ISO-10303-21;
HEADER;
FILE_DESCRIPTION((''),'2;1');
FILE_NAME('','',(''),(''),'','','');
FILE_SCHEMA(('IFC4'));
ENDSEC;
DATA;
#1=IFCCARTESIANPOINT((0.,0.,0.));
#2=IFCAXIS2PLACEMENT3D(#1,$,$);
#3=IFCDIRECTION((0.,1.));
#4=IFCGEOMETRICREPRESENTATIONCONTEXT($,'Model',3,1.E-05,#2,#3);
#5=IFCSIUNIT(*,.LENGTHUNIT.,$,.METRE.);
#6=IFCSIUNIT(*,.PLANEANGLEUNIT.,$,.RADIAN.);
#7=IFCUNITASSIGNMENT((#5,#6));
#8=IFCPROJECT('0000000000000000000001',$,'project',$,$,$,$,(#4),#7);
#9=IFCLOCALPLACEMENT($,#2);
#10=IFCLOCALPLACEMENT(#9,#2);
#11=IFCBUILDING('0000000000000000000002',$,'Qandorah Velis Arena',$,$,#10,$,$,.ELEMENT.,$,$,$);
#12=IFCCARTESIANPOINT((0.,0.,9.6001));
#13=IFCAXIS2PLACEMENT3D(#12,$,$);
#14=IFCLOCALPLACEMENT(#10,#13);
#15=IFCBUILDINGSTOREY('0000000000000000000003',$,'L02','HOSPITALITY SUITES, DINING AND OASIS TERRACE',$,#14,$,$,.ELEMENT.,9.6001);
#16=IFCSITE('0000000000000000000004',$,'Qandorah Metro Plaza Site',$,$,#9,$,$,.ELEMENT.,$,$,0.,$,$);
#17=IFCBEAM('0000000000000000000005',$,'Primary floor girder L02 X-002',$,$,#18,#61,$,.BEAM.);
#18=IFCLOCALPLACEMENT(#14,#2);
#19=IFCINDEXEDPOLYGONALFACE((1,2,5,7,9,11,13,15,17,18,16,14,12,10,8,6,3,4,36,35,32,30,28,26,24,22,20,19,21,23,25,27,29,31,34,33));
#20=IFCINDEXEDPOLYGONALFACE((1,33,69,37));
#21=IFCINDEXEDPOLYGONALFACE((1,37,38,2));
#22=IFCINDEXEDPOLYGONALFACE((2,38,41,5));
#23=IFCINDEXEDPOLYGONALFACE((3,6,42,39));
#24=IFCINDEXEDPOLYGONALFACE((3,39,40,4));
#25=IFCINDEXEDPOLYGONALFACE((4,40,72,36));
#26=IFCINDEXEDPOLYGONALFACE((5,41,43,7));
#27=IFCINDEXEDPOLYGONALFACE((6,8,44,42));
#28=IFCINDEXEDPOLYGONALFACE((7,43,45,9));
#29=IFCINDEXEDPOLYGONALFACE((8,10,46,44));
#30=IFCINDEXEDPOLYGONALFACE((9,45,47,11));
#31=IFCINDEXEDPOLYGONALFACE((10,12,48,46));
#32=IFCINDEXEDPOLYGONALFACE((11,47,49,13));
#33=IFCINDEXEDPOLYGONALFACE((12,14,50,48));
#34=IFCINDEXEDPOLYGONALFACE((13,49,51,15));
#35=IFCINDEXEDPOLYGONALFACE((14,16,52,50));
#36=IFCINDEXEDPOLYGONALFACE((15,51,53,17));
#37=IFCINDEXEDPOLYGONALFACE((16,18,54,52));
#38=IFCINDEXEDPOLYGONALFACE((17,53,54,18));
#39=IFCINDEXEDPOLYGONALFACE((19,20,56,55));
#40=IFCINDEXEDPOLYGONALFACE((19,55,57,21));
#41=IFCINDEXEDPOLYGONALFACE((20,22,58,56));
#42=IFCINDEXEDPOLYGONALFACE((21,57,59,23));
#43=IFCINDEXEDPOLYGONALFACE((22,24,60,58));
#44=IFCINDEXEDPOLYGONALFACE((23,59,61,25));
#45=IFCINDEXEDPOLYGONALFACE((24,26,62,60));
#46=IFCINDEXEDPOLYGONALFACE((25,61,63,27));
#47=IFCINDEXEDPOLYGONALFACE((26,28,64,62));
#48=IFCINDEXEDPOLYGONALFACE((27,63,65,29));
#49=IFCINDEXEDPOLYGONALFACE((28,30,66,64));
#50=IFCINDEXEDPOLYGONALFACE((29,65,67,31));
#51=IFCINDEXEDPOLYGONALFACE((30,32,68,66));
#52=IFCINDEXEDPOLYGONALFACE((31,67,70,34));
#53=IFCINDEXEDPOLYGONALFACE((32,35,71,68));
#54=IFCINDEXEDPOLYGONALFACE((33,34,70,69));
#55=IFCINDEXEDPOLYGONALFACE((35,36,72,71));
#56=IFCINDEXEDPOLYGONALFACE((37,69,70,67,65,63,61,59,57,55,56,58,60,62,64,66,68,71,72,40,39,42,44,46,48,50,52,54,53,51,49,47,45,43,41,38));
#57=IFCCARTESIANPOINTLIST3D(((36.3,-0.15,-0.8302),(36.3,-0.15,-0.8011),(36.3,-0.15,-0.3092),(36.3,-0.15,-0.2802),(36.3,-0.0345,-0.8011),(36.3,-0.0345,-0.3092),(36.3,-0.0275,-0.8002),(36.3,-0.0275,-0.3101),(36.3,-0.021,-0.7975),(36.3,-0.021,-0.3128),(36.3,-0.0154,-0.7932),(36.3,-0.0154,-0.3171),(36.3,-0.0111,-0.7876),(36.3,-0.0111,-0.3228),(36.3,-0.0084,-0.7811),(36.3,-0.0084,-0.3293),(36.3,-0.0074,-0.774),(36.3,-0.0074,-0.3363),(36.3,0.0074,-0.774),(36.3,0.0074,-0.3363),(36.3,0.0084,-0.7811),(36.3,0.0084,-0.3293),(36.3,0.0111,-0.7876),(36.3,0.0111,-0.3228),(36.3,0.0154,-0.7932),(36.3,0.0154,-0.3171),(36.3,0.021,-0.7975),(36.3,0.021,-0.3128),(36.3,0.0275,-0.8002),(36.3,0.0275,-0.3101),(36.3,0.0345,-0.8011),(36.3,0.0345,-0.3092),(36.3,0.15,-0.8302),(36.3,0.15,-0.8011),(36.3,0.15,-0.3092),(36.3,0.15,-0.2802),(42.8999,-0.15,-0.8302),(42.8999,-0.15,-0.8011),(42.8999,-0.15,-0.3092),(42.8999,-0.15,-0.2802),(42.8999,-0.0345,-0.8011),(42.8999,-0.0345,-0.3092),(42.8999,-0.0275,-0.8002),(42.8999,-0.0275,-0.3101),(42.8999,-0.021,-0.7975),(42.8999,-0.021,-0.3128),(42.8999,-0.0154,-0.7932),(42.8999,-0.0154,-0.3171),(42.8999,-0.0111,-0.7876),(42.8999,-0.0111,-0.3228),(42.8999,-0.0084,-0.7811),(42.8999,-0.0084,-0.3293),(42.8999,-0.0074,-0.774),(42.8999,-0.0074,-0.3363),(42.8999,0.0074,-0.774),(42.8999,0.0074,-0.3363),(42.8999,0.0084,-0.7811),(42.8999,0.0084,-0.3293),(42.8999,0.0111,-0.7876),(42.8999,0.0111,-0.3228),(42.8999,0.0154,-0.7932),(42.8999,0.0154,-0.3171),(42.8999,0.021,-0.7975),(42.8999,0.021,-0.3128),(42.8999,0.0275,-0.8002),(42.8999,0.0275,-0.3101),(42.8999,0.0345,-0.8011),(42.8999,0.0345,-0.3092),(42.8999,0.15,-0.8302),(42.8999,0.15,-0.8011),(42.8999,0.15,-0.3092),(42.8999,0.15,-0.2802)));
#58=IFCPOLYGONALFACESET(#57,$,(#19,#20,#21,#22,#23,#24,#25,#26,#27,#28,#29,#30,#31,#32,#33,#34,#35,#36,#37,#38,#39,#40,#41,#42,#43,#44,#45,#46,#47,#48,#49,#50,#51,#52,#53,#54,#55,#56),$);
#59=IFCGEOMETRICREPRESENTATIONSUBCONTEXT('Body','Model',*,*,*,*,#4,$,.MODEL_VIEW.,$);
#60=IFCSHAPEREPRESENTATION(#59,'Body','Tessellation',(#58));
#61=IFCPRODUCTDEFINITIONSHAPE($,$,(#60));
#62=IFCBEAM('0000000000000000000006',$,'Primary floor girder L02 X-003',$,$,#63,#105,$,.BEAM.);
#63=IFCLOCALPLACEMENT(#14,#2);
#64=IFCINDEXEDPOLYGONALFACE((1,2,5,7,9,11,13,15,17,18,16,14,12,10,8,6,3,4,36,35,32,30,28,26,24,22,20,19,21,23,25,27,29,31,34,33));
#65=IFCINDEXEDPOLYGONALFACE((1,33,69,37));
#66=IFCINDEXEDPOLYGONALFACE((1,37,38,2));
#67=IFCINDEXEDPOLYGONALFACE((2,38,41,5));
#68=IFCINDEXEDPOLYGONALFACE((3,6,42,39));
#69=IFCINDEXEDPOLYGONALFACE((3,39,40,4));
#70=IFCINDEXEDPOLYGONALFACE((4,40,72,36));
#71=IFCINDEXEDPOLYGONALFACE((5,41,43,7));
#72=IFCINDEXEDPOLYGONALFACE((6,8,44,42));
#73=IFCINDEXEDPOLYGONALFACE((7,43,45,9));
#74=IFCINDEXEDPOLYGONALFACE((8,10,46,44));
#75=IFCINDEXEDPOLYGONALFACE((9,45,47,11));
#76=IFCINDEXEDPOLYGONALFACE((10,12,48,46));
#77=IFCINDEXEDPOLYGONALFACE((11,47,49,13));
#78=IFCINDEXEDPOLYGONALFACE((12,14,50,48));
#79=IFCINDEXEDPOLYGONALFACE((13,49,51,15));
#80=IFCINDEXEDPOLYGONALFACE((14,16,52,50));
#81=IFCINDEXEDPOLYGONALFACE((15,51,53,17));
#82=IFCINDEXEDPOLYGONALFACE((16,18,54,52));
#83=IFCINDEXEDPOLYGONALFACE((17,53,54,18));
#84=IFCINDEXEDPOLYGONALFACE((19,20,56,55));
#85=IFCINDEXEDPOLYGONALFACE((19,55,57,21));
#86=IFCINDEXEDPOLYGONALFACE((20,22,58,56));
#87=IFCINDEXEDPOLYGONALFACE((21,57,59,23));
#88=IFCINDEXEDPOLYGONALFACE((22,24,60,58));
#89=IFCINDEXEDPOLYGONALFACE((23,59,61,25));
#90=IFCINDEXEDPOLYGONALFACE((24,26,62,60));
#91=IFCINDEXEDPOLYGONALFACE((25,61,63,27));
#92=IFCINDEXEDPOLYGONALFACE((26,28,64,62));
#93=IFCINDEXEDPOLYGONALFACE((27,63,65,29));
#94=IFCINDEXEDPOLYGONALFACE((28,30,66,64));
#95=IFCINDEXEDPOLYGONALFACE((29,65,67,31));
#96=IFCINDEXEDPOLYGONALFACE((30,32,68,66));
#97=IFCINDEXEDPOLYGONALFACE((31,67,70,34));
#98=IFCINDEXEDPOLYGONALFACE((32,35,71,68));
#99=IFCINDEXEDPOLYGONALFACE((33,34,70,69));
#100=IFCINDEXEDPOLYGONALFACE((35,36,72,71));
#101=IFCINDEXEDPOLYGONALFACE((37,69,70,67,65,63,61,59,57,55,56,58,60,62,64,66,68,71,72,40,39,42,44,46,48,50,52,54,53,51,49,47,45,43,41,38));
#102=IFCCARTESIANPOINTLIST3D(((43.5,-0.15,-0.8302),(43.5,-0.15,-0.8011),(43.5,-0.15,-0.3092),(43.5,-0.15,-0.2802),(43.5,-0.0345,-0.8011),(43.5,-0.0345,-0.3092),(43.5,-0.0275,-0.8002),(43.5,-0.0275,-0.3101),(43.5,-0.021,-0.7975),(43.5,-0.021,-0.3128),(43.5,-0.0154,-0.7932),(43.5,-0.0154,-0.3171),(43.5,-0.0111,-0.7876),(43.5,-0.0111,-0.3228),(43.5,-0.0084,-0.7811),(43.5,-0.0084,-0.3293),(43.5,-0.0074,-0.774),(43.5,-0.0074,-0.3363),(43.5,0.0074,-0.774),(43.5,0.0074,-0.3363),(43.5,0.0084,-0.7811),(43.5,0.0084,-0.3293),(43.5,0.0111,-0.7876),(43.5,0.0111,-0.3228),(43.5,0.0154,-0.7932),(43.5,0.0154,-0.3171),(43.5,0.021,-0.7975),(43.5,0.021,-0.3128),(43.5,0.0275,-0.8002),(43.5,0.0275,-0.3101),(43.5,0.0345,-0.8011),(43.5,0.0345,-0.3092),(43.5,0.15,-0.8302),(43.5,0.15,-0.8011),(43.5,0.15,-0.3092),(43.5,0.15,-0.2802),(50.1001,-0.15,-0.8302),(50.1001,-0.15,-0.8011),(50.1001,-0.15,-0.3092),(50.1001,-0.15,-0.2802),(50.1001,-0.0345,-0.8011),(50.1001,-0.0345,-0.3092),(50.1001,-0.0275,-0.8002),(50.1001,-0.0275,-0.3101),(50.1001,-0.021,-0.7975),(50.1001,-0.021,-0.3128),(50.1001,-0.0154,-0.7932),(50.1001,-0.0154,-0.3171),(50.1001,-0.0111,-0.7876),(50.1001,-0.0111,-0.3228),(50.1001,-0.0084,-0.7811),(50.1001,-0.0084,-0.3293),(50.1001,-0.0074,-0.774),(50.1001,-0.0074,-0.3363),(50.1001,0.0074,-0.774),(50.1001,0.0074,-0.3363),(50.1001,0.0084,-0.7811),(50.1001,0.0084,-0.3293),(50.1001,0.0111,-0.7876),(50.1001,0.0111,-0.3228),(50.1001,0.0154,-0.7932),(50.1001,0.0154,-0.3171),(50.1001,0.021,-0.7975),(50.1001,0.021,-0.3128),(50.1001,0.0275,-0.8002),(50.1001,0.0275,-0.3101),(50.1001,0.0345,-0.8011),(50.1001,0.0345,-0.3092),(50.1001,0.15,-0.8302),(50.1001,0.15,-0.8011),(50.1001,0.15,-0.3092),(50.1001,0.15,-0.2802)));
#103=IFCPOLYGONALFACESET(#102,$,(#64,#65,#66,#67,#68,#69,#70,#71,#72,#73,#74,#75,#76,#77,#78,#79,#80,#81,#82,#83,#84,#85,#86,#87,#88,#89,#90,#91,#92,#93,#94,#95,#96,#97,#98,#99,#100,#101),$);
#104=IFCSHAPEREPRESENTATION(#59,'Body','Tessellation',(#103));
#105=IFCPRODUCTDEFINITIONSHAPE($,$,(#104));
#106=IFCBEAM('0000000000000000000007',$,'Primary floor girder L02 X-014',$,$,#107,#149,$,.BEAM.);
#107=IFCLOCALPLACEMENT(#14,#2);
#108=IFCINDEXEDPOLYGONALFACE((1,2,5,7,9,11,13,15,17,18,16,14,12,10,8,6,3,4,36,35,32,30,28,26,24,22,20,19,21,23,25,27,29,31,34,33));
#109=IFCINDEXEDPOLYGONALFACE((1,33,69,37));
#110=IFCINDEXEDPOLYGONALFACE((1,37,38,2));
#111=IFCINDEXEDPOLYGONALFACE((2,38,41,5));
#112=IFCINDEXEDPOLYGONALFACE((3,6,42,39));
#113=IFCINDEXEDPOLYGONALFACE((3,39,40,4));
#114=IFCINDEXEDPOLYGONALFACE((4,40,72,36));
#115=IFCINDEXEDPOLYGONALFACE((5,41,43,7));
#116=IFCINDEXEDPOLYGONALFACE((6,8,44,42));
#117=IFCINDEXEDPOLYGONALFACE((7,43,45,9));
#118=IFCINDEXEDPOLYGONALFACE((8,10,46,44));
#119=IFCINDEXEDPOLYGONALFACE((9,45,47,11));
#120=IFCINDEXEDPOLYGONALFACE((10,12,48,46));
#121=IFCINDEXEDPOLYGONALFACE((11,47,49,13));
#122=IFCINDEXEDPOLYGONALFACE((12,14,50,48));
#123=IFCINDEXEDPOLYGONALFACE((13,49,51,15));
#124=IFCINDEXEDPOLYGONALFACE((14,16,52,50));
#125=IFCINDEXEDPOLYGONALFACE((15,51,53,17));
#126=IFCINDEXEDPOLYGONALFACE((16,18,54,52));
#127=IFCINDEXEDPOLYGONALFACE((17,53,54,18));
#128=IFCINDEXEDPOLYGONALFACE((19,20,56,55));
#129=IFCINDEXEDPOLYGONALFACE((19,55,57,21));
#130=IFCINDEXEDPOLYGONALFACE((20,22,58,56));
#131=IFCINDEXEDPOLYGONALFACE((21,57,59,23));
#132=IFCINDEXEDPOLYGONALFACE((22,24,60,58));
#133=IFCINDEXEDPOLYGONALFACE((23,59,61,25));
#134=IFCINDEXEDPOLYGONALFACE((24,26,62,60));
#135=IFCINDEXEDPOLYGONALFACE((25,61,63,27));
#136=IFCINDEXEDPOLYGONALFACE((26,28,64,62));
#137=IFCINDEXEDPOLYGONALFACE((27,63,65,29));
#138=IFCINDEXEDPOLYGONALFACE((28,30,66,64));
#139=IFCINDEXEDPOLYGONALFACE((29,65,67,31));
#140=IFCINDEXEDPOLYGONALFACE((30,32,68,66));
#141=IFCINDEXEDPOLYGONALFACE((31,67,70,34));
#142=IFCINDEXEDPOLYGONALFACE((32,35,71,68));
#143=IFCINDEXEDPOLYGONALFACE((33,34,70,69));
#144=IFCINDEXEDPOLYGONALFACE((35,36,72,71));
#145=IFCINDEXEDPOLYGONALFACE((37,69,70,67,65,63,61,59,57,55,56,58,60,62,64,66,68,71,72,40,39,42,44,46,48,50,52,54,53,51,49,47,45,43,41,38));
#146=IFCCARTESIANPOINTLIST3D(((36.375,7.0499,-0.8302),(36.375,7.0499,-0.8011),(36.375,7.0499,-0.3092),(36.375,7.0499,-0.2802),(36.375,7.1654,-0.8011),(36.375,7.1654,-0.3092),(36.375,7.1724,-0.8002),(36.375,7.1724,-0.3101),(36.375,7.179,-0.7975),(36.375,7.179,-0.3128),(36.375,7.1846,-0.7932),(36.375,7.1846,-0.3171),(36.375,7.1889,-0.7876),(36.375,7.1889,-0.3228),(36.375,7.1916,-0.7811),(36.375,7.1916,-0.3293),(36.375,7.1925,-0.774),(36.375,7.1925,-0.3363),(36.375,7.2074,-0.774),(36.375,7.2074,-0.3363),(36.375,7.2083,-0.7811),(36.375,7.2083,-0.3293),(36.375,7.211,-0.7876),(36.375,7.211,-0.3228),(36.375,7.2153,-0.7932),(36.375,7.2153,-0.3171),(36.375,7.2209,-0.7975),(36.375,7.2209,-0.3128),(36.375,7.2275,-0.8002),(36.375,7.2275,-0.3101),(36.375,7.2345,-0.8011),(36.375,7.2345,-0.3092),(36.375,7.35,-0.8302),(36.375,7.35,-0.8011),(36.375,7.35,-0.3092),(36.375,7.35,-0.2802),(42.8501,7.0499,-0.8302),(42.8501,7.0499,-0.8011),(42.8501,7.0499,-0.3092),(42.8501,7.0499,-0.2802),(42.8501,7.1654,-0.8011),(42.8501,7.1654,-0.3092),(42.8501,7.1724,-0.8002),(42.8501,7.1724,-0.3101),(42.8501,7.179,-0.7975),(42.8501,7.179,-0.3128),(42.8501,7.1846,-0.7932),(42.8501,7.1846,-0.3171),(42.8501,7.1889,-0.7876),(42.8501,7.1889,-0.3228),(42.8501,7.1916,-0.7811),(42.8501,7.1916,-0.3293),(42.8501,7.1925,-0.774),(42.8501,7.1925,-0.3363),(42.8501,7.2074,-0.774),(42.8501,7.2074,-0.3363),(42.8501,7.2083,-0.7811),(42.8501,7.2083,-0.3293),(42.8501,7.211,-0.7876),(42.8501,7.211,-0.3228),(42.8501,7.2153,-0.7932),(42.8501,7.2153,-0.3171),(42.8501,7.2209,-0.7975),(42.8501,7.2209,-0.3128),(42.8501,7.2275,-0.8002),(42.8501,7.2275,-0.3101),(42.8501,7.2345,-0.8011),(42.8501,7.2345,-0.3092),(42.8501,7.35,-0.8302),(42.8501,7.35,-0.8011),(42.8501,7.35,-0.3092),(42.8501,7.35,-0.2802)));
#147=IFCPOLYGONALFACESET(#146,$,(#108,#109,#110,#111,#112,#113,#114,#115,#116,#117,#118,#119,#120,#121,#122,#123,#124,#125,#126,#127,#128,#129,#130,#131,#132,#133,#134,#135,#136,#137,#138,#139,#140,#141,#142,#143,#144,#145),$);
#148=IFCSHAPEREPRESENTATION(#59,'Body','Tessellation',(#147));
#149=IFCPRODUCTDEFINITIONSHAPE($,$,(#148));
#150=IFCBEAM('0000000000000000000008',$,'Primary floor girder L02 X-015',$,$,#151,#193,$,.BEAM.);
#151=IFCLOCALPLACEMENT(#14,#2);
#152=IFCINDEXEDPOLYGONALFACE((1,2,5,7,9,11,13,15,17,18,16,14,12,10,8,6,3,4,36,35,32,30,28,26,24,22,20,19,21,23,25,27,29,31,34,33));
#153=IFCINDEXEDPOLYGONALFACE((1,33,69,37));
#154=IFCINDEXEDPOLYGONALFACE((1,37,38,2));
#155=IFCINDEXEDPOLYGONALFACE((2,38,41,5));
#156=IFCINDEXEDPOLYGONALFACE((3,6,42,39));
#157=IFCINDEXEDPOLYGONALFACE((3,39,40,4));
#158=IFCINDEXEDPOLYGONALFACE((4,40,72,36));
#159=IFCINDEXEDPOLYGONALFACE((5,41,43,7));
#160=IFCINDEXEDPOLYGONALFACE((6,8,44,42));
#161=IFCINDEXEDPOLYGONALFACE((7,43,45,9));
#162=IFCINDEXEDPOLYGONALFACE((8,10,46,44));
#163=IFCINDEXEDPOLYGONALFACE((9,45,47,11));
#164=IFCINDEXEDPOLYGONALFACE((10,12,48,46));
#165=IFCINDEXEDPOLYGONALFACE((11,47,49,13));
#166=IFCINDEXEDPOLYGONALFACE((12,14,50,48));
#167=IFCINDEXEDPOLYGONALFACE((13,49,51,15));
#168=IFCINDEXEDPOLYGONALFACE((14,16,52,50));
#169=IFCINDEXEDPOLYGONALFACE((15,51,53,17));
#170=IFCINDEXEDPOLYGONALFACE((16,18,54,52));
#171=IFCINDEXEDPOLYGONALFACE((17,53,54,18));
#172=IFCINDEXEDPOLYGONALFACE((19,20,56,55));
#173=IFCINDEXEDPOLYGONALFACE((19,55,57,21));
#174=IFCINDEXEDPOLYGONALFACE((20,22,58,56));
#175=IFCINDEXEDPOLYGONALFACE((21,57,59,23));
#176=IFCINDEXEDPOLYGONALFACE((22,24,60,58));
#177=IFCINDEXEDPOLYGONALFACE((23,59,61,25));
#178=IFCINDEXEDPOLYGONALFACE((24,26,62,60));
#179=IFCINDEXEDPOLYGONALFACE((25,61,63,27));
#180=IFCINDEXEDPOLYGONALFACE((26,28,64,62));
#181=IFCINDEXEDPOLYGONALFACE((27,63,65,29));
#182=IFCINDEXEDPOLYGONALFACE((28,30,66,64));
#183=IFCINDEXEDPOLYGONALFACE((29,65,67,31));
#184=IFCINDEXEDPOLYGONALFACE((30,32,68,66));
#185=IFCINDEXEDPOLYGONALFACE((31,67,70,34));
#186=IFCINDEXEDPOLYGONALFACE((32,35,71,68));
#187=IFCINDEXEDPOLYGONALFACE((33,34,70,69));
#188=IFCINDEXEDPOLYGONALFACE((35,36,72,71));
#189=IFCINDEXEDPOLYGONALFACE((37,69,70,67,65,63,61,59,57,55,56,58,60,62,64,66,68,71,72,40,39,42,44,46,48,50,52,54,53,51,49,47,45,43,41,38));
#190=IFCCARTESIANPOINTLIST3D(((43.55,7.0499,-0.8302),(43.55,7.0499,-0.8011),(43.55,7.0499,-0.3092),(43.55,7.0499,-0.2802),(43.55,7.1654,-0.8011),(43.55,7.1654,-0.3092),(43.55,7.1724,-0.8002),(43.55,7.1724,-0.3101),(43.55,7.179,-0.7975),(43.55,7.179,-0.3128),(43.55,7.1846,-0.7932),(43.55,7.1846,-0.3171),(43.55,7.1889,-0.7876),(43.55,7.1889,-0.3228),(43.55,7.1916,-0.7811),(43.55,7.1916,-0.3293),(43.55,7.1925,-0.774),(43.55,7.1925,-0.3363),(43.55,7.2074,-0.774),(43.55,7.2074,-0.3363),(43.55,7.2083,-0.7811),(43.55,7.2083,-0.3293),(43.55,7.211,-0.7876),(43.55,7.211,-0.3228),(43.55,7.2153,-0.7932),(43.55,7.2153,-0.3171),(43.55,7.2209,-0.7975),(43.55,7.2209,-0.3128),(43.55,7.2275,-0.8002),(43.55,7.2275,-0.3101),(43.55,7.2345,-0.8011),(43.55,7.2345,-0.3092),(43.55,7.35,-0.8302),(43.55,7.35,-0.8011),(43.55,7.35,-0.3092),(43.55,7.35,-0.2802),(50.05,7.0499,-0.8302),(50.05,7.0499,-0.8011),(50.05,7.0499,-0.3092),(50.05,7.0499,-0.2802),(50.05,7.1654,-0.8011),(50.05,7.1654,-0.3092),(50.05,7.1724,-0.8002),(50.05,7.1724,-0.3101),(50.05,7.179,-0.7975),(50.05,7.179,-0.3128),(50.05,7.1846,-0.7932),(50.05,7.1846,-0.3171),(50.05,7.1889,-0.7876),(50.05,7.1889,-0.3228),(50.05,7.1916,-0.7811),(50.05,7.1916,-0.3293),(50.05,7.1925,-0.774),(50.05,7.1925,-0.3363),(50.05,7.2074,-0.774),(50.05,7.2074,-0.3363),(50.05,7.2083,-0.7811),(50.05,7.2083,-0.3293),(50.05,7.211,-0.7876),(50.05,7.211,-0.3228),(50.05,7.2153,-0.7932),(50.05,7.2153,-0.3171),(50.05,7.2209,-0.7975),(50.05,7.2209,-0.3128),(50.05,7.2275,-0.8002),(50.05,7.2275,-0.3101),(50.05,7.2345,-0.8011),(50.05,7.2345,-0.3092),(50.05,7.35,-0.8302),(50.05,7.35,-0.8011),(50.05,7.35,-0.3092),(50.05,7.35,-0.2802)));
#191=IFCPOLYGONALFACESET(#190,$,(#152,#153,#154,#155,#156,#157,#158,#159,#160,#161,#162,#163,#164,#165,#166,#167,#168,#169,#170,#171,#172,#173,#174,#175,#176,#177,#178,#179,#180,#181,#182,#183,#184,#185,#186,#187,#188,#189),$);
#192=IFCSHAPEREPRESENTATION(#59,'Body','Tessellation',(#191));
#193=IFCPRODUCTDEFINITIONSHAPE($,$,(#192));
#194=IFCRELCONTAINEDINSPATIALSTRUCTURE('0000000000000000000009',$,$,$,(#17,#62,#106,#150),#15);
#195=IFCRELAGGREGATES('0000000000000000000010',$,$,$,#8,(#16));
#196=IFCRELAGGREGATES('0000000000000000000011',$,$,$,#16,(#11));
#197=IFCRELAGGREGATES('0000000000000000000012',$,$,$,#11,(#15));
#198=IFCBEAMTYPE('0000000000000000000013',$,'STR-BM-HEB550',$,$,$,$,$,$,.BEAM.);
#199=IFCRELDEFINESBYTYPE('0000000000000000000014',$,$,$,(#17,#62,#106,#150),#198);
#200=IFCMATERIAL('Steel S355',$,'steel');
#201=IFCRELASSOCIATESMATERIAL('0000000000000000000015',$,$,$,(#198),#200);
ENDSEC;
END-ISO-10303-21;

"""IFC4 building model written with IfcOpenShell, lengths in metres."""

from ifc_helpers import new_model, si_unit, direction, frame, origin, origin_2d, place, context, subcontext, project, spatial, i_section, extrude, material, material_profile, profile_set, type_object, element, save


model = new_model("IFC4")

# Units and contexts
model_context = context("Model", 3, precision=1e-05, world=origin(), true_north=direction((0.0, 1.0)))
body_context = subcontext(model_context, "Body", "Model", "MODEL_VIEW")
ifc_project = project(units=[si_unit("LENGTHUNIT", "METRE"), si_unit("PLANEANGLEUNIT", "RADIAN")], contexts=[model_context])

# Site, building, storey
site_placement = place(None, origin())
site = spatial("IfcSite", under=ifc_project, at=site_placement, Name="Qandorah Metro Plaza Site", CompositionType="ELEMENT", RefElevation=0.0)
building_placement = place(site_placement, origin())
building = spatial("IfcBuilding", under=site, at=building_placement, Name="Qandorah Velis Arena", CompositionType="ELEMENT")
storey_placement = place(building_placement, frame((0.0, 0.0, 9.6001)))
storey = spatial("IfcBuildingStorey", under=building, at=storey_placement, Name="L02", Description="HOSPITALITY SUITES, DINING AND OASIS TERRACE", CompositionType="ELEMENT", Elevation=9.6001)

# Shared definitions
ifc_material_1 = material(Name="Steel S355", Category="steel")

# Beams
ifc_material_profile_1 = material_profile(ifc_material_1, i_section(OverallWidth=0.3, OverallDepth=0.55, WebThickness=0.0149, FlangeThickness=0.0291, FilletRadius=0.0271, at=origin_2d()), Name="HEB 550")
ifc_profile_set_1 = profile_set([ifc_material_profile_1], Name="Steel S355")
beam_type_1 = type_object("IfcBeamType", Name="STR-BM-HEB550", PredefinedType="BEAM", material=ifc_profile_set_1)
beam_1_placement = place(storey_placement, frame((36.3, 0.0, -0.5552), z_axis=(1.0, 0.0, 0.0), x_axis=(0.0, 1.0, 0.0)))
element("IfcBeam", 1, at=beam_1_placement, inside=storey, type_object=beam_type_1, Name="Primary floor girder L02 X-002", PredefinedType="BEAM", context=body_context, shape_type="SweptSolid", body=[
    extrude(i_section(OverallWidth=0.3, OverallDepth=0.55, WebThickness=0.0149, FlangeThickness=0.0291, FilletRadius=0.0271, at=origin_2d()), origin(), (0.0, 0.0, 1.0), 6.5999),
])
beam_2_placement = place(storey_placement, frame((43.5, 0.0, -0.5552), z_axis=(1.0, 0.0, 0.0), x_axis=(0.0, 1.0, 0.0)))
element("IfcBeam", 2, at=beam_2_placement, inside=storey, type_object=beam_type_1, Name="Primary floor girder L02 X-003", PredefinedType="BEAM", context=body_context, shape_type="SweptSolid", body=[
    extrude(i_section(OverallWidth=0.3, OverallDepth=0.55, WebThickness=0.0149, FlangeThickness=0.0291, FilletRadius=0.0271, at=origin_2d()), origin(), (0.0, 0.0, 1.0), 6.6001),
])
beam_3_placement = place(storey_placement, frame((36.375, 7.2, -0.5552), z_axis=(1.0, 0.0, 0.0), x_axis=(0.0, 1.0, 0.0)))
element("IfcBeam", 3, at=beam_3_placement, inside=storey, type_object=beam_type_1, Name="Primary floor girder L02 X-014", PredefinedType="BEAM", context=body_context, shape_type="SweptSolid", body=[
    extrude(i_section(OverallWidth=0.3, OverallDepth=0.55, WebThickness=0.0149, FlangeThickness=0.0291, FilletRadius=0.0271, at=origin_2d()), origin(), (0.0, 0.0, 1.0), 6.4751),
])
beam_4_placement = place(storey_placement, frame((43.55, 7.2, -0.5552), z_axis=(1.0, 0.0, 0.0), x_axis=(0.0, 1.0, 0.0)))
element("IfcBeam", 4, at=beam_4_placement, inside=storey, type_object=beam_type_1, Name="Primary floor girder L02 X-015", PredefinedType="BEAM", context=body_context, shape_type="SweptSolid", body=[
    extrude(i_section(OverallWidth=0.3, OverallDepth=0.55, WebThickness=0.0149, FlangeThickness=0.0291, FilletRadius=0.0271, at=origin_2d()), origin(), (0.0, 0.0, 1.0), 6.5),
])

save(model, "model.ifc")
